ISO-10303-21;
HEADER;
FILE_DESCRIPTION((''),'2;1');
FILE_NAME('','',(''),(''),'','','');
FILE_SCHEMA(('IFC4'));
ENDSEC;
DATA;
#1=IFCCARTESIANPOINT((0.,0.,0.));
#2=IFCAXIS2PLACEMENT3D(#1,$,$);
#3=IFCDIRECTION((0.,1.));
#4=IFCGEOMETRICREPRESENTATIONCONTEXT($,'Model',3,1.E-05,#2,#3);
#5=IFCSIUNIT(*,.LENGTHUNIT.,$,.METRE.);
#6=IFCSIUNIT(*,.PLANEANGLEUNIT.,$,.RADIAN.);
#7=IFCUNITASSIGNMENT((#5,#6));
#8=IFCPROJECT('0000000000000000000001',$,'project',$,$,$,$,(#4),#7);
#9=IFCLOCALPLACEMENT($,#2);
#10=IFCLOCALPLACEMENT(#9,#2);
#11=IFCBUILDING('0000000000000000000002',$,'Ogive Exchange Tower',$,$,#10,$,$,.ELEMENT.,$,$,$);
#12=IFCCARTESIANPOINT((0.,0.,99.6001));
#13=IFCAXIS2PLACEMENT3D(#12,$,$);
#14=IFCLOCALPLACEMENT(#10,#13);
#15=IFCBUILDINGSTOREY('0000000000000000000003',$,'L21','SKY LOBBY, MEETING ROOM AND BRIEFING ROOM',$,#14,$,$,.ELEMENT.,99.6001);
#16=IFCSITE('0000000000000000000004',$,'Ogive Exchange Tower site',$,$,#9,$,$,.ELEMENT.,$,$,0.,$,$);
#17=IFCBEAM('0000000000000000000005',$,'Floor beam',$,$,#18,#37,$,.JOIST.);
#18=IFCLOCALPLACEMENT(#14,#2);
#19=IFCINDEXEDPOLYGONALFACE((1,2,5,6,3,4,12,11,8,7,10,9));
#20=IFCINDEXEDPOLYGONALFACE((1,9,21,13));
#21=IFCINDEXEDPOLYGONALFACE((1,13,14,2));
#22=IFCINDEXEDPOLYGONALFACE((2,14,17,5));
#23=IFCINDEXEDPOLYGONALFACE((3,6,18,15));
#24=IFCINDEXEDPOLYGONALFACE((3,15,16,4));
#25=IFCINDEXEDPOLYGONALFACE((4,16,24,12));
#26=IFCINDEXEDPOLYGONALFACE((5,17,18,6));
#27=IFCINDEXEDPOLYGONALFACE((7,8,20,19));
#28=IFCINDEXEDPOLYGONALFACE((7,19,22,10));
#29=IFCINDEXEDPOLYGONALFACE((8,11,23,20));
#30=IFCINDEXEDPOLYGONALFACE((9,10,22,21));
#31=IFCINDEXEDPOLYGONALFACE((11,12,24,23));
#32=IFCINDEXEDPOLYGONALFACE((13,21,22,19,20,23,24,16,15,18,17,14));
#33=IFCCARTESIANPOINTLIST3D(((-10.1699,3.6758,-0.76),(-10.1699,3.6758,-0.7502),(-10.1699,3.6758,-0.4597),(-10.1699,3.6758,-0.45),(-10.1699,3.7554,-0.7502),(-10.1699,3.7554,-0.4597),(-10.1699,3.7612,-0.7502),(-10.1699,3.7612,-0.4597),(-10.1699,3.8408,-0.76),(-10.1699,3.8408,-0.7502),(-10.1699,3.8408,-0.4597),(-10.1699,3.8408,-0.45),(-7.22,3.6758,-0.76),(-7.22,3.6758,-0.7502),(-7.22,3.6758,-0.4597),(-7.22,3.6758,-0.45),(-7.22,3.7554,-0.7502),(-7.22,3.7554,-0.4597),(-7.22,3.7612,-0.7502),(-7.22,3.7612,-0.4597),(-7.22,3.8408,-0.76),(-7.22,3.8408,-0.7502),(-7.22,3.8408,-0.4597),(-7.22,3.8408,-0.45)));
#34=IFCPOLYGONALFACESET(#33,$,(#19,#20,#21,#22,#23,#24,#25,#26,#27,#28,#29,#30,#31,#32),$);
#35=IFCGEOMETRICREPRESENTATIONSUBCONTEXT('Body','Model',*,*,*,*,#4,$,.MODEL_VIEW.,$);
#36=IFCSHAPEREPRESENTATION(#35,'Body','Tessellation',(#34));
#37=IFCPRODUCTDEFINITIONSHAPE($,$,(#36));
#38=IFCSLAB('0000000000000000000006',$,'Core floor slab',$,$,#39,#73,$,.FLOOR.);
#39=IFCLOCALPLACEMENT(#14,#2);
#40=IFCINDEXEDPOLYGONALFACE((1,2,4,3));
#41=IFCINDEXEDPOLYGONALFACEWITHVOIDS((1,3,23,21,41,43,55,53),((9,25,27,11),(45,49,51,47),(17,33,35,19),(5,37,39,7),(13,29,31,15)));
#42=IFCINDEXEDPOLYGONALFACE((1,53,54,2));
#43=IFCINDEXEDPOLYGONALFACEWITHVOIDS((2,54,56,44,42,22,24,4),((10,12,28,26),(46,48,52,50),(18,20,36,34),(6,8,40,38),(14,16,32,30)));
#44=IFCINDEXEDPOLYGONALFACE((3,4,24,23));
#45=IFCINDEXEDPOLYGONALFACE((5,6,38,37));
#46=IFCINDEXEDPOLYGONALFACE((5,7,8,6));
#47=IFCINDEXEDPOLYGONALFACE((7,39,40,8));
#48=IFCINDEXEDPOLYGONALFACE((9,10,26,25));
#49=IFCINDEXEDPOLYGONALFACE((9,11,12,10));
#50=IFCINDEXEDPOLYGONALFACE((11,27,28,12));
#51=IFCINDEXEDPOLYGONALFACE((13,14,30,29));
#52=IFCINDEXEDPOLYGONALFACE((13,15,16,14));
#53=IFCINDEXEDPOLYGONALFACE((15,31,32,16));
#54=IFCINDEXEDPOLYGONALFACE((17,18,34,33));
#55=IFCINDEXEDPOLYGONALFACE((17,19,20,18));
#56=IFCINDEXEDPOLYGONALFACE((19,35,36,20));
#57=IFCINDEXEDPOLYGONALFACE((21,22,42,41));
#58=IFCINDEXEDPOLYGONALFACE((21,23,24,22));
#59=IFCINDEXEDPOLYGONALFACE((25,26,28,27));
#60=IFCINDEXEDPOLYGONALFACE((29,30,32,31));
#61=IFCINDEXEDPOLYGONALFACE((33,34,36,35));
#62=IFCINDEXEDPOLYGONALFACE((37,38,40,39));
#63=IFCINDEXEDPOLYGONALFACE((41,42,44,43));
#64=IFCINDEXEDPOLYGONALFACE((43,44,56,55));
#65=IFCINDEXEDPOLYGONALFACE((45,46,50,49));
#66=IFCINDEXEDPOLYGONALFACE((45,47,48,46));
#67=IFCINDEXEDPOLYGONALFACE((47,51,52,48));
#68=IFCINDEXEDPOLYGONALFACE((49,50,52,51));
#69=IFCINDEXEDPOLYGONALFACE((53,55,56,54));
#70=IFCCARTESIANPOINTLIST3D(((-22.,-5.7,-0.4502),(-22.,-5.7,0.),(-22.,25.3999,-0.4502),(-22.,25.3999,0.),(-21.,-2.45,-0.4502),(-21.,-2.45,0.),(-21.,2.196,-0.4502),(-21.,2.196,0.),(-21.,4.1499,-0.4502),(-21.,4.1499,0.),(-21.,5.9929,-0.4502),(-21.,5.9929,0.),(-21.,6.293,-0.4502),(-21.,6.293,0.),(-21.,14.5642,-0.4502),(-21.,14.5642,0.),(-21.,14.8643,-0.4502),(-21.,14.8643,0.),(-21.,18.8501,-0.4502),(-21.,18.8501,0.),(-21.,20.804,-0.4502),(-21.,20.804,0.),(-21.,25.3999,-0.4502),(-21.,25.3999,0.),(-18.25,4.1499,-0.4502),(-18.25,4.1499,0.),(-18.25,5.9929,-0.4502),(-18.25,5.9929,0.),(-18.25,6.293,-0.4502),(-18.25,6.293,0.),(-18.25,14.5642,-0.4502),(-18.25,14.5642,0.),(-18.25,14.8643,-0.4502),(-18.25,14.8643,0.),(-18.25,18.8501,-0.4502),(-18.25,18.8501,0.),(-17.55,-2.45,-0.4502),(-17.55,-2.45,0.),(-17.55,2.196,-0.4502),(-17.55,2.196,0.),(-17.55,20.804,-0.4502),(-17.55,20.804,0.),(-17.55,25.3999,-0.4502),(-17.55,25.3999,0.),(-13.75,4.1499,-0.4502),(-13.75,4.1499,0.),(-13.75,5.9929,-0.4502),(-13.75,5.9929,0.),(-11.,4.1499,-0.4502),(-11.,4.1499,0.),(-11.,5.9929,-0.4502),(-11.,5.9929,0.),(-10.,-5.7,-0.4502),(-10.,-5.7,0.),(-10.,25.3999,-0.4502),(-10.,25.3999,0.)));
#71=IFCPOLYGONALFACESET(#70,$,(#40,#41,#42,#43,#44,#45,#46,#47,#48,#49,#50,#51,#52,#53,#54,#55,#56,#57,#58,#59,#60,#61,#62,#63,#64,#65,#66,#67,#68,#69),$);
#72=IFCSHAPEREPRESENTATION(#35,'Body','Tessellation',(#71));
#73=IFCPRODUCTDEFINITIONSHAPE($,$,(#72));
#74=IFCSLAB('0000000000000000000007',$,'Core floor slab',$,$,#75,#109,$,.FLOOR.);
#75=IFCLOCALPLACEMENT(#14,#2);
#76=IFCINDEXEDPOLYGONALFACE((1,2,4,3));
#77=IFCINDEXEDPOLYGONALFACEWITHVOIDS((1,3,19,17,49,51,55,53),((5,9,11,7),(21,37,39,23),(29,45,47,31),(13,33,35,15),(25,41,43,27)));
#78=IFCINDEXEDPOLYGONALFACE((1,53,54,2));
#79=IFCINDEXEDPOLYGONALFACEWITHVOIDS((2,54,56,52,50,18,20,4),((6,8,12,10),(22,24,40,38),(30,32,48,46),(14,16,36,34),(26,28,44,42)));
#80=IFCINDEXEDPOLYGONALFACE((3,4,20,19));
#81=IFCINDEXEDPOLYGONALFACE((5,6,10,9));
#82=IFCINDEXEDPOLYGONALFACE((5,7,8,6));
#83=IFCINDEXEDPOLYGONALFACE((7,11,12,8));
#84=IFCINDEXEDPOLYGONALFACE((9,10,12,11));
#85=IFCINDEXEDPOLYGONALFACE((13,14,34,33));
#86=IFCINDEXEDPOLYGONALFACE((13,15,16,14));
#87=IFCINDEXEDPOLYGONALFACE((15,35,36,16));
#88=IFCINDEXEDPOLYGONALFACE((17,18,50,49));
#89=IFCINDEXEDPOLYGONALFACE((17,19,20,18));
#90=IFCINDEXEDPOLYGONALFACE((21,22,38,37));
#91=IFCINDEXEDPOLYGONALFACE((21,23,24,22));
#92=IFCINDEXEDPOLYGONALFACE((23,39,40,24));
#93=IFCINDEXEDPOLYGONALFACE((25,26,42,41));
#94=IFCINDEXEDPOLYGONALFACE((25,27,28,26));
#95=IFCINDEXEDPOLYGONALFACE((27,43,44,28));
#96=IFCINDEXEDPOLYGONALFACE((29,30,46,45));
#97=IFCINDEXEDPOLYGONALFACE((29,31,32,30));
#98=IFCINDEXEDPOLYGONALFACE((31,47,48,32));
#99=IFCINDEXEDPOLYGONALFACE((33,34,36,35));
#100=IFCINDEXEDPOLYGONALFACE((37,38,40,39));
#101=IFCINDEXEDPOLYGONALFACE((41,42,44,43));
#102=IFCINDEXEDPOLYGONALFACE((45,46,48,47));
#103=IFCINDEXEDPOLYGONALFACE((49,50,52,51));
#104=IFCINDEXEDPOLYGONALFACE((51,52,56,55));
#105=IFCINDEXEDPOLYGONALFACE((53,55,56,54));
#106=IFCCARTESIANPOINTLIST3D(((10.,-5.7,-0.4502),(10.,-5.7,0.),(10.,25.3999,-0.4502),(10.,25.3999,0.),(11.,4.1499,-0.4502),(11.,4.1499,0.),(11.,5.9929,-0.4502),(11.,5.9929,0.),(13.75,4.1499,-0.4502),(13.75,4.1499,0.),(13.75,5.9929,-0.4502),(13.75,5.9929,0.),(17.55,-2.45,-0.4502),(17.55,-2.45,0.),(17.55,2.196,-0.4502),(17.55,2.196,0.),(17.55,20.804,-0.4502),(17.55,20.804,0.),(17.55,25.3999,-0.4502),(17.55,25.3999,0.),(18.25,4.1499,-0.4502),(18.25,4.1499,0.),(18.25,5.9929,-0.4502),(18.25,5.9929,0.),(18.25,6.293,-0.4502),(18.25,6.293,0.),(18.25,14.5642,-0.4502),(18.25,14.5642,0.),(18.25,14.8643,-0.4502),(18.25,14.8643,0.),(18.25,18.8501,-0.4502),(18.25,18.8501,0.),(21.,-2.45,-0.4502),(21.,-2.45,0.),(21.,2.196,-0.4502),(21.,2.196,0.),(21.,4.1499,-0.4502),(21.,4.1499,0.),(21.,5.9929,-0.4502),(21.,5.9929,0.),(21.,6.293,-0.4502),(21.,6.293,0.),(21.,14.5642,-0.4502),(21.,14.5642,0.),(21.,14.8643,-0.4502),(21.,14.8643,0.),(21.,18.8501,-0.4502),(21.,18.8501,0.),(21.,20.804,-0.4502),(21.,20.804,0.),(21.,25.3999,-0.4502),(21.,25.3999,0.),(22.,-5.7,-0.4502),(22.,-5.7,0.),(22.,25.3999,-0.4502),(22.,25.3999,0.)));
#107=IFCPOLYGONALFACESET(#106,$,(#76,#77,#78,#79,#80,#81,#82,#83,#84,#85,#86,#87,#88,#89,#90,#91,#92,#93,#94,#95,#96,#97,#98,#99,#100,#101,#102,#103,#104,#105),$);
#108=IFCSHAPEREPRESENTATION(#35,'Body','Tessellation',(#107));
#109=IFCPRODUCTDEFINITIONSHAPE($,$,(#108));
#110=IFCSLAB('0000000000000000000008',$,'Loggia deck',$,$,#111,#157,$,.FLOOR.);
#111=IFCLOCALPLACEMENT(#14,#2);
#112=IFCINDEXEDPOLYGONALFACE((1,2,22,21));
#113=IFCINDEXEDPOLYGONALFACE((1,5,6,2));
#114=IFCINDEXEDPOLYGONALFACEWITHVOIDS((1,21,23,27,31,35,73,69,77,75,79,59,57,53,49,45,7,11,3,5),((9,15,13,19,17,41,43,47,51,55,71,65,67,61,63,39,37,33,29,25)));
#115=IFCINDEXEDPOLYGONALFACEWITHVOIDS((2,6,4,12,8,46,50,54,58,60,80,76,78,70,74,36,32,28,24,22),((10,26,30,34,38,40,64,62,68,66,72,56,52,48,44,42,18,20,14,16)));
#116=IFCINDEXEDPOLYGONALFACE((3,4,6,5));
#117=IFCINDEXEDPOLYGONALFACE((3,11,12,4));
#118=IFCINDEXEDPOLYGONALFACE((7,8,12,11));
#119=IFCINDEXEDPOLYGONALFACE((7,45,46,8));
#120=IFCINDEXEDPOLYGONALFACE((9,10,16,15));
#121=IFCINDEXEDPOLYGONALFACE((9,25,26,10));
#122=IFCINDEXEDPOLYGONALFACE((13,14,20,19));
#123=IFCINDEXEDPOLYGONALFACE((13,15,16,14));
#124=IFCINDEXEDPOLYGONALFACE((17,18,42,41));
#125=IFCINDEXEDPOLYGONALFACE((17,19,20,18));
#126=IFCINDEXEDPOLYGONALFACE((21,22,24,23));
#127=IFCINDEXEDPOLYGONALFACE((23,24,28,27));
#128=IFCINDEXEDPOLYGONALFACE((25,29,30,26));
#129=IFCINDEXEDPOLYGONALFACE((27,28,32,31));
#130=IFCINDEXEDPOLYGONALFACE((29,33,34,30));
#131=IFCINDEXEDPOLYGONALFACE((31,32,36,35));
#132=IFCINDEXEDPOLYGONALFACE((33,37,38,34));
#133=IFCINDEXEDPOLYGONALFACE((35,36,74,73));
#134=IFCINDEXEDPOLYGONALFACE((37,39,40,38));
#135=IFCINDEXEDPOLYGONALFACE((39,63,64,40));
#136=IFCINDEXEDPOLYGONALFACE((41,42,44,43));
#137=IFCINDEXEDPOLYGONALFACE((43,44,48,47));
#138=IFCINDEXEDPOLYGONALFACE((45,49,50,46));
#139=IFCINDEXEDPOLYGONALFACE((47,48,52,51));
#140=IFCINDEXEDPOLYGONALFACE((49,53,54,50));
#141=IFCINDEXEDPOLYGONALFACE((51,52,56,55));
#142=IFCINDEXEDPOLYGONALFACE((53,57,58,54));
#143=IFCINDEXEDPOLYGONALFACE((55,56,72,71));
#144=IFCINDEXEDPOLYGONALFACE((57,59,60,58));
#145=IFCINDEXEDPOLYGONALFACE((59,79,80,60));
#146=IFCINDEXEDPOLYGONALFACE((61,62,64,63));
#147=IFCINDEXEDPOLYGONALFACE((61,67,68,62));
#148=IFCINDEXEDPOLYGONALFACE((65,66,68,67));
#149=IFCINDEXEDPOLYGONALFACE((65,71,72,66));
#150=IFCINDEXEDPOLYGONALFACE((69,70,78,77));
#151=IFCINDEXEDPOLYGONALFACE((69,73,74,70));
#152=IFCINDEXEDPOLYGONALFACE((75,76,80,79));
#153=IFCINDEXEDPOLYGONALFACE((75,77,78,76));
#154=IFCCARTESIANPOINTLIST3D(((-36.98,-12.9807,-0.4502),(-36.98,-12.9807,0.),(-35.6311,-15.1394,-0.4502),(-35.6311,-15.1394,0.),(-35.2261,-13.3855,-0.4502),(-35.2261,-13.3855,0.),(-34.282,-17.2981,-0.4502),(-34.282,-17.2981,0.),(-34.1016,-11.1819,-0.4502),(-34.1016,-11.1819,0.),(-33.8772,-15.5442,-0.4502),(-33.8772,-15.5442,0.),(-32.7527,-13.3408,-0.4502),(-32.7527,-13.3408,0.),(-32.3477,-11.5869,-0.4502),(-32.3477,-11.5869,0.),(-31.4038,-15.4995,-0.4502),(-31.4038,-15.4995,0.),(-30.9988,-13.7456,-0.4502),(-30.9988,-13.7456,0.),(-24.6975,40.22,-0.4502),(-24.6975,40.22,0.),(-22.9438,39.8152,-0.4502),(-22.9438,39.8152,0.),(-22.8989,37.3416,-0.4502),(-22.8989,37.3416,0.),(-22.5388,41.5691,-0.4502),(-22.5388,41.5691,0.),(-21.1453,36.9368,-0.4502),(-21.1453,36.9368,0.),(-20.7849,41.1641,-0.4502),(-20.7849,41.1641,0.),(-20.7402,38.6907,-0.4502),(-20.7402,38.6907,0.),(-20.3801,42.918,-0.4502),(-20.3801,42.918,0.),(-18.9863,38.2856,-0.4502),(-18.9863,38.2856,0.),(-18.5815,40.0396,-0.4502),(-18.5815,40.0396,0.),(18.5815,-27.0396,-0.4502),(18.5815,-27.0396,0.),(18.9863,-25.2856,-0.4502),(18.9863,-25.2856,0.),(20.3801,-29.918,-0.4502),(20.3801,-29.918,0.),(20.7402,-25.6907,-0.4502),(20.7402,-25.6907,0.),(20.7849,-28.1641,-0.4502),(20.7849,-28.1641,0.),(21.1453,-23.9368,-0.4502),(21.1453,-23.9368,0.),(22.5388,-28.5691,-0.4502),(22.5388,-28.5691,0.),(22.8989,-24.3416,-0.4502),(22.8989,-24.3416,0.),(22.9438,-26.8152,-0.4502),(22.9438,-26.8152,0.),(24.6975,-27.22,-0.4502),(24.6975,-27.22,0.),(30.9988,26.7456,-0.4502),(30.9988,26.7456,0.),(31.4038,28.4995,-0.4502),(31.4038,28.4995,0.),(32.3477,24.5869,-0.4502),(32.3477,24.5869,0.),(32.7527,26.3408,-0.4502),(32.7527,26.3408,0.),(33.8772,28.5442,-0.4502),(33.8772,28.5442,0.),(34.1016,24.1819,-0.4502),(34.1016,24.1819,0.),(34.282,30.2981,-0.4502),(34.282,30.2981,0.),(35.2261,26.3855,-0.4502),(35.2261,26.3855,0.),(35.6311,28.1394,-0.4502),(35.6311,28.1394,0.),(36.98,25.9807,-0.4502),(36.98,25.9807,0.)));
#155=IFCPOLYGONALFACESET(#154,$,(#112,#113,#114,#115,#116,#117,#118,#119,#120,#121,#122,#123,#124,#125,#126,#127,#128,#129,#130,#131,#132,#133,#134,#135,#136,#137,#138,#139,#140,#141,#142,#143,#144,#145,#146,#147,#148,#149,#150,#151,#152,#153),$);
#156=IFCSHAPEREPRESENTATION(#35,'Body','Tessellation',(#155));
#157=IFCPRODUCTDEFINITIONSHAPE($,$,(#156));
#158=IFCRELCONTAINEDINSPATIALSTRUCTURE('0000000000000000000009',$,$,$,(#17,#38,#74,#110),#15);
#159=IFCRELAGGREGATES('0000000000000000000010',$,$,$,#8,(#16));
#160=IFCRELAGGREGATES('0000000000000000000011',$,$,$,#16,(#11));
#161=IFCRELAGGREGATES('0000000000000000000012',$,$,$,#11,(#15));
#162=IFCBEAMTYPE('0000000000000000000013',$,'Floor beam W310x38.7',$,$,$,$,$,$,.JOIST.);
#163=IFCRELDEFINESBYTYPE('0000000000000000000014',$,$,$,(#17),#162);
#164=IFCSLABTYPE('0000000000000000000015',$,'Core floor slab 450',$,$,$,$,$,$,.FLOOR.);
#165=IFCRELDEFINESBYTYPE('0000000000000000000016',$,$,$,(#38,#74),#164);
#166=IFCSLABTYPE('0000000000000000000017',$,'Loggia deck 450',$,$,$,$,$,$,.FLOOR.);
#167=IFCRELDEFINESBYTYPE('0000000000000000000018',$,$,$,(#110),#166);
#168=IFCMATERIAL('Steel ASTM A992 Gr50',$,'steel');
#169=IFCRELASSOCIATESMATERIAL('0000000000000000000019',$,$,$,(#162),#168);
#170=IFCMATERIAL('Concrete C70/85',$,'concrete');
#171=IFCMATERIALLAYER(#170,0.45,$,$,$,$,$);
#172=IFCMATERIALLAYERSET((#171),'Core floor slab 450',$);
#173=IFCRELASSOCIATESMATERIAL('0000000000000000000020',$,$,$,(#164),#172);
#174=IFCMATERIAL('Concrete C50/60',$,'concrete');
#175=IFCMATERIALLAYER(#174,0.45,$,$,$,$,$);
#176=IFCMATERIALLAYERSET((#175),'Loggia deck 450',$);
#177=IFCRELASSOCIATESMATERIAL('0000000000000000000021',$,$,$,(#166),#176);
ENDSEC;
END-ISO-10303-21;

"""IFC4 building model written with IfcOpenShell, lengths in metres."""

from ifc_helpers import new_model, si_unit, direction, frame, origin, origin_2d, place, context, subcontext, project, spatial, polyline, i_section, outline, extrude, material, layer, layer_set, material_profile, profile_set, type_object, element, save


model = new_model("IFC4")

# Units and contexts
model_context = context("Model", 3, precision=1e-05, world=origin(), true_north=direction((0.0, 1.0)))
body_context = subcontext(model_context, "Body", "Model", "MODEL_VIEW")
ifc_project = project(units=[si_unit("LENGTHUNIT", "METRE"), si_unit("PLANEANGLEUNIT", "RADIAN")], contexts=[model_context])

# Site, building, storey
site_placement = place(None, origin())
site = spatial("IfcSite", under=ifc_project, at=site_placement, Name="Ogive Exchange Tower site", CompositionType="ELEMENT", RefElevation=0.0)
building_placement = place(site_placement, origin())
building = spatial("IfcBuilding", under=site, at=building_placement, Name="Ogive Exchange Tower", CompositionType="ELEMENT")
storey_placement = place(building_placement, frame((0.0, 0.0, 99.6001)))
storey = spatial("IfcBuildingStorey", under=building, at=storey_placement, Name="L21", Description="SKY LOBBY, MEETING ROOM AND BRIEFING ROOM", CompositionType="ELEMENT", Elevation=99.6001)

# Beam
ifc_material_1 = material(Name="Steel ASTM A992 Gr50", Category="steel")
ifc_material_profile = material_profile(ifc_material_1, i_section(OverallWidth=0.165, OverallDepth=0.3101, WebThickness=0.0059, FlangeThickness=0.0098, at=origin_2d()), Name="W310x38.7")
ifc_profile_set = profile_set([ifc_material_profile], Name="Steel ASTM A992 Gr50")
beam_type = type_object("IfcBeamType", Name="Floor beam W310x38.7", PredefinedType="JOIST", material=ifc_profile_set)
beam_placement = place(storey_placement, frame((-10.1699, 3.7583, -0.605), z_axis=(1.0, 0.0, 0.0), x_axis=(0.0, 1.0, 0.0)))
element("IfcBeam", 1, at=beam_placement, inside=storey, type_object=beam_type, Name="Floor beam", PredefinedType="JOIST", context=body_context, shape_type="SweptSolid", body=[
    extrude(i_section(OverallWidth=0.165, OverallDepth=0.3101, WebThickness=0.0059, FlangeThickness=0.0098, at=origin_2d()), origin(), (0.0, 0.0, 1.0), 2.95),
])

# Slabs
ifc_material_2 = material(Name="Concrete C70/85", Category="concrete")
ifc_layer_1 = layer(ifc_material_2, 0.45)
ifc_layer_set_1 = layer_set([ifc_layer_1], Name="Core floor slab 450")
slab_type_1 = type_object("IfcSlabType", Name="Core floor slab 450", PredefinedType="FLOOR", material=ifc_layer_set_1)
slab_1_placement = place(storey_placement, frame((0.0, 0.0, -0.4502)))
element("IfcSlab", 2, at=slab_1_placement, inside=storey, type_object=slab_type_1, Name="Core floor slab", PredefinedType="FLOOR", context=body_context, shape_type="SweptSolid", body=[
    extrude(outline(polyline([(-10.0, 25.3999), (-10.0, -5.7), (-22.0, -5.7), (-22.0, 25.3999), (-21.0, 25.3999), (-21.0, 20.804), (-17.55, 20.804), (-17.55, 25.3999), (-10.0, 25.3999)]), holes=[polyline([(-17.55, 2.196), (-21.0, 2.196), (-21.0, -2.45), (-17.55, -2.45), (-17.55, 2.196)]), polyline([(-18.25, 5.9929), (-21.0, 5.9929), (-21.0, 4.1499), (-18.25, 4.1499), (-18.25, 5.9929)]), polyline([(-11.0, 5.9929), (-13.75, 5.9929), (-13.75, 4.1499), (-11.0, 4.1499), (-11.0, 5.9929)]), polyline([(-21.0, 14.5642), (-21.0, 6.293), (-18.25, 6.293), (-18.25, 14.5642), (-21.0, 14.5642)]), polyline([(-18.25, 18.8501), (-21.0, 18.8501), (-21.0, 14.8643), (-18.25, 14.8643), (-18.25, 18.8501)])]), origin(), (0.0, 0.0, 1.0), 0.4502),
])
slab_2_placement = place(storey_placement, frame((0.0, 0.0, -0.4502)))
element("IfcSlab", 3, at=slab_2_placement, inside=storey, type_object=slab_type_1, Name="Core floor slab", PredefinedType="FLOOR", context=body_context, shape_type="SweptSolid", body=[
    extrude(outline(polyline([(22.0, 25.3999), (22.0, -5.7), (10.0, -5.7), (10.0, 25.3999), (17.55, 25.3999), (17.55, 20.804), (21.0, 20.804), (21.0, 25.3999), (22.0, 25.3999)]), holes=[polyline([(21.0, 2.196), (17.55, 2.196), (17.55, -2.45), (21.0, -2.45), (21.0, 2.196)]), polyline([(13.75, 5.9929), (11.0, 5.9929), (11.0, 4.1499), (13.75, 4.1499), (13.75, 5.9929)]), polyline([(21.0, 5.9929), (18.25, 5.9929), (18.25, 4.1499), (21.0, 4.1499), (21.0, 5.9929)]), polyline([(18.25, 14.5642), (18.25, 6.293), (21.0, 6.293), (21.0, 14.5642), (18.25, 14.5642)]), polyline([(21.0, 18.8501), (18.25, 18.8501), (18.25, 14.8643), (21.0, 14.8643), (21.0, 18.8501)])]), origin(), (0.0, 0.0, 1.0), 0.4502),
])
ifc_material_3 = material(Name="Concrete C50/60", Category="concrete")
ifc_layer_2 = layer(ifc_material_3, 0.45)
ifc_layer_set_2 = layer_set([ifc_layer_2], Name="Loggia deck 450")
slab_type_2 = type_object("IfcSlabType", Name="Loggia deck 450", PredefinedType="FLOOR", material=ifc_layer_set_2)
slab_3_placement = place(storey_placement, frame((0.0, 0.0, -0.4502)))
element("IfcSlab", 4, at=slab_3_placement, inside=storey, type_object=slab_type_2, Name="Loggia deck", PredefinedType="FLOOR", context=body_context, shape_type="SweptSolid", body=[
    extrude(outline(polyline([(-35.6311, -15.1394), (-35.2261, -13.3855), (-36.98, -12.9807), (-24.6975, 40.22), (-22.9438, 39.8152), (-22.5388, 41.5691), (-20.7849, 41.1641), (-20.3801, 42.918), (34.282, 30.2981), (33.8772, 28.5442), (35.6311, 28.1394), (35.2261, 26.3855), (36.98, 25.9807), (24.6975, -27.22), (22.9438, -26.8152), (22.5388, -28.5691), (20.7849, -28.1641), (20.3801, -29.918), (-34.282, -17.2981), (-33.8772, -15.5442), (-35.6311, -15.1394)]), holes=[polyline([(18.9863, -25.2856), (20.7402, -25.6907), (21.1453, -23.9368), (22.8989, -24.3416), (34.1016, 24.1819), (32.3477, 24.5869), (32.7527, 26.3408), (30.9988, 26.7456), (31.4038, 28.4995), (-18.5815, 40.0396), (-18.9863, 38.2856), (-20.7402, 38.6907), (-21.1453, 36.9368), (-22.8989, 37.3416), (-34.1016, -11.1819), (-32.3477, -11.5869), (-32.7527, -13.3408), (-30.9988, -13.7456), (-31.4038, -15.4995), (18.5815, -27.0396), (18.9863, -25.2856)])]), origin(), (0.0, 0.0, 1.0), 0.4502),
])

save(model, "model.ifc")
